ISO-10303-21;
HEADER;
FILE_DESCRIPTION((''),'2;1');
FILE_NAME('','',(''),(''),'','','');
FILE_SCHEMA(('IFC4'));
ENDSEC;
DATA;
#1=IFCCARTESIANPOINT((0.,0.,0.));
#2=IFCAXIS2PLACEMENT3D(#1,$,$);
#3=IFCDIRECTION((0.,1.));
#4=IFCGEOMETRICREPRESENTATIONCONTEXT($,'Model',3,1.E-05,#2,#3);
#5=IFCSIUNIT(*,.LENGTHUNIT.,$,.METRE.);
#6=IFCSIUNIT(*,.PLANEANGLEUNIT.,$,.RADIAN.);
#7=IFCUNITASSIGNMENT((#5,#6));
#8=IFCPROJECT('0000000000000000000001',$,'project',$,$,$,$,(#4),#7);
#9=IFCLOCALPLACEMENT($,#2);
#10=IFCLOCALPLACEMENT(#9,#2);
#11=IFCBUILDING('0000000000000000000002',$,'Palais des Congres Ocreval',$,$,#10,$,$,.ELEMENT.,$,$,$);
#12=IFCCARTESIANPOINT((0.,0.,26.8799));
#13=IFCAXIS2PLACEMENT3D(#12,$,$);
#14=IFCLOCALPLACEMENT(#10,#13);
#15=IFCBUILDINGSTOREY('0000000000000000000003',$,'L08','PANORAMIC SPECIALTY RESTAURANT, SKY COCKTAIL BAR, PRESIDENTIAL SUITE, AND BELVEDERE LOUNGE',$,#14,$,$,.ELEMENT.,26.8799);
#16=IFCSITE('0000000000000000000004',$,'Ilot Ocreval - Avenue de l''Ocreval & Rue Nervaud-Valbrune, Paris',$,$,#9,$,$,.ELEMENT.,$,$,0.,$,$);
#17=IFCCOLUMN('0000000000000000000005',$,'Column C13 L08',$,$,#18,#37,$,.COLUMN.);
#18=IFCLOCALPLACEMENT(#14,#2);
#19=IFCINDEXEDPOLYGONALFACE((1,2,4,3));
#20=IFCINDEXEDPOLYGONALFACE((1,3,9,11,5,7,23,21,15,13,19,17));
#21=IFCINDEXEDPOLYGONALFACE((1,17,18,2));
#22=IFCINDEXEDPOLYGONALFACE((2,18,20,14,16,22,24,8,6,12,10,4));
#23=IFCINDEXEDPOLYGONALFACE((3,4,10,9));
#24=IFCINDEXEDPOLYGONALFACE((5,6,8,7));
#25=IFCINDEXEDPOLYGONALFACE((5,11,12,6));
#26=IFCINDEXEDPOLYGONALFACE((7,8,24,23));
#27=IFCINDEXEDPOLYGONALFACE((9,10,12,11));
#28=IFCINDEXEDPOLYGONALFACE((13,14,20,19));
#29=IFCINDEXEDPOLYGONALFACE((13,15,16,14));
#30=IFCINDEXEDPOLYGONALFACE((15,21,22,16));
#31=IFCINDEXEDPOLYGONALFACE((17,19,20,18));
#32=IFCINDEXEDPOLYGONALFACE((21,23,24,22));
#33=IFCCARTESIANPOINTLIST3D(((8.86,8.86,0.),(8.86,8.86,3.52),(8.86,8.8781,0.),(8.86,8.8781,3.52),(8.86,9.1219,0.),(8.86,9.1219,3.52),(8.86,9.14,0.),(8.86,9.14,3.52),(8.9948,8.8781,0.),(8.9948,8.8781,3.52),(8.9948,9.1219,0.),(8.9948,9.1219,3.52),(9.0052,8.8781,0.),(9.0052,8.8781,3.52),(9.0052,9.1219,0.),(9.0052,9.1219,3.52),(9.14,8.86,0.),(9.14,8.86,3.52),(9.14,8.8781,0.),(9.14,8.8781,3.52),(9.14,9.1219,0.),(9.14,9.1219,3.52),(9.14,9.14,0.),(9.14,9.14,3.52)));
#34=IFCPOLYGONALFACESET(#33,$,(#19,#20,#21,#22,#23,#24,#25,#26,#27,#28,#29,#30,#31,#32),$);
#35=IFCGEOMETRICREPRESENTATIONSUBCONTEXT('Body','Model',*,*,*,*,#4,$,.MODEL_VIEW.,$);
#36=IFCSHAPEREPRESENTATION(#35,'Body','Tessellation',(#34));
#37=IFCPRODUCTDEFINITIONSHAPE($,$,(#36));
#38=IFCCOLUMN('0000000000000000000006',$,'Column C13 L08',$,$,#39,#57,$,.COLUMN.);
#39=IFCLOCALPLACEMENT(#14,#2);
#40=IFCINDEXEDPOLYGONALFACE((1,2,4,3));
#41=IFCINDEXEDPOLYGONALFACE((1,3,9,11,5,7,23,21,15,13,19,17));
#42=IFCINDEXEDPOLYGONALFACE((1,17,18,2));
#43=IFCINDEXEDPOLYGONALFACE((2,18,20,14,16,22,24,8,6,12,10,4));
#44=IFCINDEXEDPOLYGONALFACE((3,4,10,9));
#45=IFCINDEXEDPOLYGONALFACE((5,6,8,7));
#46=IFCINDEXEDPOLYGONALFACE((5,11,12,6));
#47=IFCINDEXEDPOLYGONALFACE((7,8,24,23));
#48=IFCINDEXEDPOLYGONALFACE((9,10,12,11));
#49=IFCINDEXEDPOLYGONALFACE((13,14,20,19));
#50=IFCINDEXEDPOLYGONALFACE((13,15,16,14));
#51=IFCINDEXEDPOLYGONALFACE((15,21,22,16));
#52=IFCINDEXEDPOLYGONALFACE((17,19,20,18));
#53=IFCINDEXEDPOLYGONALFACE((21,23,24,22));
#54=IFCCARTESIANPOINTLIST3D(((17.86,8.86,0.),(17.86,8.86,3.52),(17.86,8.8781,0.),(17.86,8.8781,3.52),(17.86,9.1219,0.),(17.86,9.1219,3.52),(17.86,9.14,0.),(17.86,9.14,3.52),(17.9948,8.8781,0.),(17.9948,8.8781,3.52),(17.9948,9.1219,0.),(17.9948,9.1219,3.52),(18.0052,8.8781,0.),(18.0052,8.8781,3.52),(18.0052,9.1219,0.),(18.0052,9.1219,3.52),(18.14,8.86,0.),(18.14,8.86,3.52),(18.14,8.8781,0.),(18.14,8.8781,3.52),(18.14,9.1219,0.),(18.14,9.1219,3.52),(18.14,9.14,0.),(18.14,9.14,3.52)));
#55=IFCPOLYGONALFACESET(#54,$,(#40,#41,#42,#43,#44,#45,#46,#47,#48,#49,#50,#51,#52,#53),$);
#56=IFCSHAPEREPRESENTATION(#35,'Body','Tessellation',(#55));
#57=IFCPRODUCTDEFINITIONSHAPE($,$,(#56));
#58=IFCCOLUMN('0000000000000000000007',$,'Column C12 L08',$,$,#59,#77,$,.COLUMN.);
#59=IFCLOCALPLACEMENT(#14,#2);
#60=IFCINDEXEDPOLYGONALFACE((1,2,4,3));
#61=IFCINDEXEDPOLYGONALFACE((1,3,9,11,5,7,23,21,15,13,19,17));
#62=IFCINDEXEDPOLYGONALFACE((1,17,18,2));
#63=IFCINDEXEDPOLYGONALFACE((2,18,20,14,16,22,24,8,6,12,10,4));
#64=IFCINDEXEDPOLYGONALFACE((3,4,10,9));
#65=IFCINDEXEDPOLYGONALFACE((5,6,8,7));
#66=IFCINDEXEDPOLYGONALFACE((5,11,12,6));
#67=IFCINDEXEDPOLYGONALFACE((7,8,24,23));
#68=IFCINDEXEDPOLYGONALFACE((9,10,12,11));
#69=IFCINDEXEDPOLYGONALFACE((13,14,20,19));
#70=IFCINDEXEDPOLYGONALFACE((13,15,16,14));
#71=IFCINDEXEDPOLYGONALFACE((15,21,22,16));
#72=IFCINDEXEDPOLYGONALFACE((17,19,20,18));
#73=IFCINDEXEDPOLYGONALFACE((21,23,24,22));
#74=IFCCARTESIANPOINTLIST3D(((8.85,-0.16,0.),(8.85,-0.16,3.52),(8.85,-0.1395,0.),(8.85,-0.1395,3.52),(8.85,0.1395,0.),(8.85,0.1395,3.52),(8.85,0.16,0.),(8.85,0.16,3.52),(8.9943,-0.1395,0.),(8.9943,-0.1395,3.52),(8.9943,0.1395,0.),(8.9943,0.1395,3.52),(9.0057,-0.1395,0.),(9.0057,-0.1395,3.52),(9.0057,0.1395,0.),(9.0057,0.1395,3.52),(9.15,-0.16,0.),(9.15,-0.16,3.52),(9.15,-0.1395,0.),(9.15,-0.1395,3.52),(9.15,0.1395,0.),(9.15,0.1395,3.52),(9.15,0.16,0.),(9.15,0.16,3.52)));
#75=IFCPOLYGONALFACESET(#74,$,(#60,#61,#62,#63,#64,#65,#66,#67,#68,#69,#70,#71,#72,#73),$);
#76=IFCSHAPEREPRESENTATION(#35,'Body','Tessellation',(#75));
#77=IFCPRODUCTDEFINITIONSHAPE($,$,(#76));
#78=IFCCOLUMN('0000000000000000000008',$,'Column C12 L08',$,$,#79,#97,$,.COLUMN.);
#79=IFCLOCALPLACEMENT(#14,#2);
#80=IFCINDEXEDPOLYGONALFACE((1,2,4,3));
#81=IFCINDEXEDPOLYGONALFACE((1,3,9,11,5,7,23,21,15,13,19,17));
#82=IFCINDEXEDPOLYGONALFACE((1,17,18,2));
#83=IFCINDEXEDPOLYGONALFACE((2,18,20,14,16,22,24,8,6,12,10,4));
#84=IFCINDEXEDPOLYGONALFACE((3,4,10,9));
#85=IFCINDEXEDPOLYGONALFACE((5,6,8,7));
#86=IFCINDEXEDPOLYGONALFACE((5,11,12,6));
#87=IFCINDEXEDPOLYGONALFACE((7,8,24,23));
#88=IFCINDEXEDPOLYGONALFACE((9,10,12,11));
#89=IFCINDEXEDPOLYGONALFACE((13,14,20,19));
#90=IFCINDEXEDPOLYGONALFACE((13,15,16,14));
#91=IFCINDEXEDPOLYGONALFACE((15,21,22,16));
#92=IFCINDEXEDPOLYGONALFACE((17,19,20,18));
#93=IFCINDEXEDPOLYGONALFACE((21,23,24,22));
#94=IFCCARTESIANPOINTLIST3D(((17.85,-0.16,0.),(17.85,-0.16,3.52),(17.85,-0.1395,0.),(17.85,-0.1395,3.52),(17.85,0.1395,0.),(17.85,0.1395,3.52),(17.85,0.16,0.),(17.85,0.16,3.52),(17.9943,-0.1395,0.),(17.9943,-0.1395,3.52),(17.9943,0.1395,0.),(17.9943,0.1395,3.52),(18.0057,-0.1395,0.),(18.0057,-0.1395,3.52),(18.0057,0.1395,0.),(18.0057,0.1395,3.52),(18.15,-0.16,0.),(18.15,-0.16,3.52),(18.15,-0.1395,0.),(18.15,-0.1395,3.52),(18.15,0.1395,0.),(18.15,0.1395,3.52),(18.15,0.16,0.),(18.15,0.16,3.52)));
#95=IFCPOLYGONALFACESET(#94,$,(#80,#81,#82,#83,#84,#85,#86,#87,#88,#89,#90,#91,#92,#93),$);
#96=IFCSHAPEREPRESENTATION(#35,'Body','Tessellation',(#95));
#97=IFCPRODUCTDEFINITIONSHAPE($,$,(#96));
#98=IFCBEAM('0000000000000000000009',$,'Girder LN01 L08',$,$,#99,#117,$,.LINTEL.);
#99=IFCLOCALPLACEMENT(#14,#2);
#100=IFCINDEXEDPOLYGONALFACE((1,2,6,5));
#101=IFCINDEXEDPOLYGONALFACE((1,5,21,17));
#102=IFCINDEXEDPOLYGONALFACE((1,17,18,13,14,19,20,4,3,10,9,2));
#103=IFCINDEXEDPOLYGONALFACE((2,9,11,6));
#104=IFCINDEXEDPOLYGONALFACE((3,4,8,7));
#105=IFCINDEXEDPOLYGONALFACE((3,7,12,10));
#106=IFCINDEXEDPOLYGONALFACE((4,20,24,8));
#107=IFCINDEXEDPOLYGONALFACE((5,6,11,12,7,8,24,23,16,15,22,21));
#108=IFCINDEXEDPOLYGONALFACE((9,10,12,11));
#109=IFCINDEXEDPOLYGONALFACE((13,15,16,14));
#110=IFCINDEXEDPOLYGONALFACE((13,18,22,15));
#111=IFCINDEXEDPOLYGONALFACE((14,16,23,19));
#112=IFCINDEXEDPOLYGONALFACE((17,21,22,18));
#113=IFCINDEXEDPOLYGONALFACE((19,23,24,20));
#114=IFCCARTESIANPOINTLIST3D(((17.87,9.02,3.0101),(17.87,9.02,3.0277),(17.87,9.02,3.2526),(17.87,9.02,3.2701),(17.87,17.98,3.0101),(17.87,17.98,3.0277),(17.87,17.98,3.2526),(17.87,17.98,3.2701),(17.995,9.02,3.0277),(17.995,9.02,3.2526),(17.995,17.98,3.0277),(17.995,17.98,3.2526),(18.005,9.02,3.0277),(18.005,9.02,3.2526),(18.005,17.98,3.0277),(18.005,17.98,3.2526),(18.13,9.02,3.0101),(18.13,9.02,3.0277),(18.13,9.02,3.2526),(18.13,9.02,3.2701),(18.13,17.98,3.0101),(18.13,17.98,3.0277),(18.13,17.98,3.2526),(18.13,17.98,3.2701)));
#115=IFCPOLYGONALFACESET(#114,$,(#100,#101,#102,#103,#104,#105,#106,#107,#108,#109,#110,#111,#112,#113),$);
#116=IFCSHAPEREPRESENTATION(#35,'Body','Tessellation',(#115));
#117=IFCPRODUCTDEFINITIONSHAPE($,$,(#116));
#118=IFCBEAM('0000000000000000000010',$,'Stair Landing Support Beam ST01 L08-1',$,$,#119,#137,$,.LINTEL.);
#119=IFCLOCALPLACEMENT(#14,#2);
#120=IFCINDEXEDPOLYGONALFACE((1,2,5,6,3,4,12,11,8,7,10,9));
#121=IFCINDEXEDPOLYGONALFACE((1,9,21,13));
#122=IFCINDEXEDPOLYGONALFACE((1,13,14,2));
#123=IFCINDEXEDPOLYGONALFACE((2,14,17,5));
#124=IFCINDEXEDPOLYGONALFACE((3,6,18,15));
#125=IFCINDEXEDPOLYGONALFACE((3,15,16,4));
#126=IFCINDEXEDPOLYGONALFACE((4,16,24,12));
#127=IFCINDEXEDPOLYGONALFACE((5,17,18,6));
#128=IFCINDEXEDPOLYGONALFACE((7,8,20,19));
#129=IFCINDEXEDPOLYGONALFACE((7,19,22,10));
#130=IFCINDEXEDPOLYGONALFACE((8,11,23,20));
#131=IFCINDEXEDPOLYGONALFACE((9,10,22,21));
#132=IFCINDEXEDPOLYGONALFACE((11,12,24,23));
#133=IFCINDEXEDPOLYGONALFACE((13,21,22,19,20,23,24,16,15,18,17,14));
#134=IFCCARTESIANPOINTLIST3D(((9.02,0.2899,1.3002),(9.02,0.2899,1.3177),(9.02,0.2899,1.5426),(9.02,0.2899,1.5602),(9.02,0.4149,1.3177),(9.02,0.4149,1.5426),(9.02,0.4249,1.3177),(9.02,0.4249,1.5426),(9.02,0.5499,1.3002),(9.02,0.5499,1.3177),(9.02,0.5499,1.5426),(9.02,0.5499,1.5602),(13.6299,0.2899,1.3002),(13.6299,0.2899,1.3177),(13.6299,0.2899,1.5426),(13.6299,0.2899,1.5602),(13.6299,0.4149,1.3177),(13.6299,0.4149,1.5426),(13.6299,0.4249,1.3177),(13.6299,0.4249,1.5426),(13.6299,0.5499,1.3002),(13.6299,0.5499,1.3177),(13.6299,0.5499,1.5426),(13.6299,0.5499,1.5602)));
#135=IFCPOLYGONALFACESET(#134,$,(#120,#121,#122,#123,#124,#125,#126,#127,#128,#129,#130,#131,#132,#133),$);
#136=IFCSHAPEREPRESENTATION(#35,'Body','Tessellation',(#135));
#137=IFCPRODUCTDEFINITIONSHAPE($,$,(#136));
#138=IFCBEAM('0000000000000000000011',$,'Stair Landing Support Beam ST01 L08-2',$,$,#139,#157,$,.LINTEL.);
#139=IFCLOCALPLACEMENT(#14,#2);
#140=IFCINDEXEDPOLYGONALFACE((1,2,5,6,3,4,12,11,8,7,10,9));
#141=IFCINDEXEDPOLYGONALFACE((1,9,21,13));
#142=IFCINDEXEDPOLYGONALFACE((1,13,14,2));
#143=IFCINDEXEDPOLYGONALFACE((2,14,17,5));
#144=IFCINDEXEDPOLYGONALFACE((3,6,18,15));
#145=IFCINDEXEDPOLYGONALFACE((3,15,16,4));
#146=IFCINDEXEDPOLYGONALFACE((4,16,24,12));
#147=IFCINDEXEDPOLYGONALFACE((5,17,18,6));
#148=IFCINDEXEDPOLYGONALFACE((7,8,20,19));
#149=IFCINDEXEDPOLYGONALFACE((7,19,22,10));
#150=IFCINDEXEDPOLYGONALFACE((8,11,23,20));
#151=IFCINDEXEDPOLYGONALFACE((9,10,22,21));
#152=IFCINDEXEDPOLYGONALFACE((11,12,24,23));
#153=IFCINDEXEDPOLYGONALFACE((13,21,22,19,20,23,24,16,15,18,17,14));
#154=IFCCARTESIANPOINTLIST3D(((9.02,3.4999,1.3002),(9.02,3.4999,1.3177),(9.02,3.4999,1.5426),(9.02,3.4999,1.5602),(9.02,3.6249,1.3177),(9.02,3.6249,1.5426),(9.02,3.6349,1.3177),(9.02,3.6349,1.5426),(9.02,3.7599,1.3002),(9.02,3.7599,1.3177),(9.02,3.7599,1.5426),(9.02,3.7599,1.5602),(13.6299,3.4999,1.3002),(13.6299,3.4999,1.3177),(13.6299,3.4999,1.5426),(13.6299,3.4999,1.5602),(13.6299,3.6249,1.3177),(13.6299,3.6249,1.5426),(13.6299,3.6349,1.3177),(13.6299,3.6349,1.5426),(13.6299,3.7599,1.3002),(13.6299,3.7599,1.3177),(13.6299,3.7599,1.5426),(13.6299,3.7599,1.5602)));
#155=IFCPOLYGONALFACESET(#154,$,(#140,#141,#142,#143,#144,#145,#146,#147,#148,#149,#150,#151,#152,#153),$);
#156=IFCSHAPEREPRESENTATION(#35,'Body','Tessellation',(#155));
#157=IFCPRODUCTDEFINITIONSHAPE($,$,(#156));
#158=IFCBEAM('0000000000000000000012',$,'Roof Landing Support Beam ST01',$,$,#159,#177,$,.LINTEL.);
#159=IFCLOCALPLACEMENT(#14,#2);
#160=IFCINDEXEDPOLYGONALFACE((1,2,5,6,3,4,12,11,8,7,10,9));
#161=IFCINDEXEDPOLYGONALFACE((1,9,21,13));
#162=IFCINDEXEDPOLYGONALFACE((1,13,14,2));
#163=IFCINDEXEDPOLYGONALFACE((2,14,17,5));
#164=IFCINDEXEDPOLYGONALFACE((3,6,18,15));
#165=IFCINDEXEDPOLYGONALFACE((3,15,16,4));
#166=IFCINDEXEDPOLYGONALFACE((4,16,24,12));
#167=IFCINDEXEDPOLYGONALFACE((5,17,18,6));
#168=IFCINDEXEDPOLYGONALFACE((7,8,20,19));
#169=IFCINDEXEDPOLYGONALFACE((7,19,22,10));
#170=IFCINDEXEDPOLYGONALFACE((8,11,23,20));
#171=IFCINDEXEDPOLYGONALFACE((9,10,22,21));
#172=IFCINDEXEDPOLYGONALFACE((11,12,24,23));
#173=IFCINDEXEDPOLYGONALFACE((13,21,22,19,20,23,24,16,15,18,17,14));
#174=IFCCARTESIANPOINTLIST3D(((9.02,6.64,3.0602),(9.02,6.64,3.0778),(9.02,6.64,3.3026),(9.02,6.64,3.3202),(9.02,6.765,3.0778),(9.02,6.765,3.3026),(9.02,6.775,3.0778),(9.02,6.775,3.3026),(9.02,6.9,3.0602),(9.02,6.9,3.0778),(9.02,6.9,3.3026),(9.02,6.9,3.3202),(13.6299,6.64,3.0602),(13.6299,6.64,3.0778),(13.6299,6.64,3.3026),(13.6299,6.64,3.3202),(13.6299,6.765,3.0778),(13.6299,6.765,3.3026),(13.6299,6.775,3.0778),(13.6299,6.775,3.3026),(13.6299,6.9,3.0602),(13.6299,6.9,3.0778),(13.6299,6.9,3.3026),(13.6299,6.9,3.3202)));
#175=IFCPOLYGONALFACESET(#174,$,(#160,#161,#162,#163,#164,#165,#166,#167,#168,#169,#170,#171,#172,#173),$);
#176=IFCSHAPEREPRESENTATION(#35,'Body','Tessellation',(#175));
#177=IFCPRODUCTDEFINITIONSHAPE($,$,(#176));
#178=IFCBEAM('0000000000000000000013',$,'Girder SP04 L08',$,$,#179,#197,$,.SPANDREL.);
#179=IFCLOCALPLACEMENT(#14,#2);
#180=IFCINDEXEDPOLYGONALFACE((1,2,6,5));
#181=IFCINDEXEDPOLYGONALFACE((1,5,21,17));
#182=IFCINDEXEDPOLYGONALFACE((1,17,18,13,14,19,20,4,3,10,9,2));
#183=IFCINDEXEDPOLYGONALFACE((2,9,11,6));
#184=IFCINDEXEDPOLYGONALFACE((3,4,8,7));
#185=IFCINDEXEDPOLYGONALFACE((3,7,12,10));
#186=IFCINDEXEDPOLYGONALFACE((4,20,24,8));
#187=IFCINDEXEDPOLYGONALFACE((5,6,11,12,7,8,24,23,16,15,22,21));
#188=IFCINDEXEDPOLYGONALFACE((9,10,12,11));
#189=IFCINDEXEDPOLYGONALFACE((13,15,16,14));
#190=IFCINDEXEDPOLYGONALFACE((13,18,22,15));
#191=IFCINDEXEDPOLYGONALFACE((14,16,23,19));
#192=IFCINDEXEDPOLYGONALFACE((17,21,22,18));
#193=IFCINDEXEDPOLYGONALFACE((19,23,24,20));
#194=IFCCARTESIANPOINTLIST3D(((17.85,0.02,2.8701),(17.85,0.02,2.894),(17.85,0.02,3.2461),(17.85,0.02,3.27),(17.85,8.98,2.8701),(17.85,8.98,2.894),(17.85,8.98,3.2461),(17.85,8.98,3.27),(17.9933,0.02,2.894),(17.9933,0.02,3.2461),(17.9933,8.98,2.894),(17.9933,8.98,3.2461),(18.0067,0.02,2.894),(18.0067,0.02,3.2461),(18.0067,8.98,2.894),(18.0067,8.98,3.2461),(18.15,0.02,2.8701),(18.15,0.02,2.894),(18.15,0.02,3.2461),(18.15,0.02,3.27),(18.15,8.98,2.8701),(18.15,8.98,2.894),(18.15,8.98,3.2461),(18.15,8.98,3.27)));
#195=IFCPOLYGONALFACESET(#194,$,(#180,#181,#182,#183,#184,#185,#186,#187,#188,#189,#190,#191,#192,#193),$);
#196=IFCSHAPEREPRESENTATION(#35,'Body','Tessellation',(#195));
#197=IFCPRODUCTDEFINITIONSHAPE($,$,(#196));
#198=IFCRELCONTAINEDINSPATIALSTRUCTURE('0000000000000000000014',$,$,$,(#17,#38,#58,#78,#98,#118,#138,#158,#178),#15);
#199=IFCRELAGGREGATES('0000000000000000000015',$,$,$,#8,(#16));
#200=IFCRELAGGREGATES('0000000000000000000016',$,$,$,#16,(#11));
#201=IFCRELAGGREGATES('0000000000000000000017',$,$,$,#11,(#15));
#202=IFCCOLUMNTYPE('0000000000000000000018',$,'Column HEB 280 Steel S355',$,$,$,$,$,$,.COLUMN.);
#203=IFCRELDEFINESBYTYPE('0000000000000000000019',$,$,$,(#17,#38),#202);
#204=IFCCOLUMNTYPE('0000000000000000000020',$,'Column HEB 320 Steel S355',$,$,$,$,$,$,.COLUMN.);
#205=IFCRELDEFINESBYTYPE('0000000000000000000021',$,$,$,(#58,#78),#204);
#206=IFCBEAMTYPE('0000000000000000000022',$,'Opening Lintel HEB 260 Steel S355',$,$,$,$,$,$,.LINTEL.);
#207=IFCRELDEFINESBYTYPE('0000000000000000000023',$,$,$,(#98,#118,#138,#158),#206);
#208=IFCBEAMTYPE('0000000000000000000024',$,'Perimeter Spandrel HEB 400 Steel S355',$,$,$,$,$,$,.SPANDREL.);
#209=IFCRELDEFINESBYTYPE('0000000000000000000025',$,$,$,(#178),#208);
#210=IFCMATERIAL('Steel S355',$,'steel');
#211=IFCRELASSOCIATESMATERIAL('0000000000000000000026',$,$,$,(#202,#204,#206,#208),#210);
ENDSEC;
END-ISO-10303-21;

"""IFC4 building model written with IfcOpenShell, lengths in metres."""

from ifc_helpers import new_model, si_unit, direction, frame, origin, origin_2d, place, context, subcontext, project, spatial, i_section, extrude, material, material_profile, profile_set, type_object, element, save


model = new_model("IFC4")

# Units and contexts
model_context = context("Model", 3, precision=1e-05, world=origin(), true_north=direction((0.0, 1.0)))
body_context = subcontext(model_context, "Body", "Model", "MODEL_VIEW")
ifc_project = project(units=[si_unit("LENGTHUNIT", "METRE"), si_unit("PLANEANGLEUNIT", "RADIAN")], contexts=[model_context])

# Site, building, storey
site_placement = place(None, origin())
site = spatial("IfcSite", under=ifc_project, at=site_placement, Name="Ilot Ocreval - Avenue de l'Ocreval & Rue Nervaud-Valbrune, Paris", CompositionType="ELEMENT", RefElevation=0.0)
building_placement = place(site_placement, origin())
building = spatial("IfcBuilding", under=site, at=building_placement, Name="Palais des Congres Ocreval", CompositionType="ELEMENT")
storey_placement = place(building_placement, frame((0.0, 0.0, 26.8799)))
storey = spatial("IfcBuildingStorey", under=building, at=storey_placement, Name="L08", Description="PANORAMIC SPECIALTY RESTAURANT, SKY COCKTAIL BAR, PRESIDENTIAL SUITE, AND BELVEDERE LOUNGE", CompositionType="ELEMENT", Elevation=26.8799)

# Columns
ifc_material_1 = material(Name="Steel S355", Category="steel")
ifc_material_profile_1 = material_profile(ifc_material_1, i_section(OverallWidth=0.28, OverallDepth=0.28, WebThickness=0.0105, FlangeThickness=0.0181, at=origin_2d()), Name="HEB 280")
ifc_profile_set_1 = profile_set([ifc_material_profile_1], Name="Steel S355")
column_type_1 = type_object("IfcColumnType", Name="Column HEB 280 Steel S355", PredefinedType="COLUMN", material=ifc_profile_set_1)
for number, where, z_axis, x_axis, name in (
    (1, (9.0, 9.0, 0.0), (0.0, 0.0, 1.0), (1.0, 0.0, 0.0), "Column C13 L08"),
    (2, (18.0, 9.0, 0.0), (0.0, 0.0, 1.0), (1.0, 0.0, 0.0), "Column C13 L08"),
):
    element("IfcColumn", number, at=place(storey_placement, frame(where, z_axis=z_axis, x_axis=x_axis)), inside=storey, type_object=column_type_1, Name=name, PredefinedType="COLUMN", context=body_context, shape_type="SweptSolid", body=[
        extrude(i_section(OverallWidth=0.28, OverallDepth=0.28, WebThickness=0.0105, FlangeThickness=0.0181, at=origin_2d()), origin(), (0.0, 0.0, 1.0), 3.52),
    ])
ifc_material_profile_2 = material_profile(ifc_material_1, i_section(OverallWidth=0.3, OverallDepth=0.3201, WebThickness=0.0115, FlangeThickness=0.0205, at=origin_2d()), Name="HEB 320")
ifc_profile_set_2 = profile_set([ifc_material_profile_2], Name="Steel S355")
column_type_2 = type_object("IfcColumnType", Name="Column HEB 320 Steel S355", PredefinedType="COLUMN", material=ifc_profile_set_2)
for number, where, z_axis, x_axis, name in (
    (3, (9.0, 0.0, 0.0), (0.0, 0.0, 1.0), (1.0, 0.0, 0.0), "Column C12 L08"),
    (4, (18.0, 0.0, 0.0), (0.0, 0.0, 1.0), (1.0, 0.0, 0.0), "Column C12 L08"),
):
    element("IfcColumn", number, at=place(storey_placement, frame(where, z_axis=z_axis, x_axis=x_axis)), inside=storey, type_object=column_type_2, Name=name, PredefinedType="COLUMN", context=body_context, shape_type="SweptSolid", body=[
        extrude(i_section(OverallWidth=0.3, OverallDepth=0.3201, WebThickness=0.0115, FlangeThickness=0.0205, at=origin_2d()), origin(), (0.0, 0.0, 1.0), 3.52),
    ])

# Beams
ifc_material_profile_3 = material_profile(ifc_material_1, i_section(OverallWidth=0.26, OverallDepth=0.26, WebThickness=0.01, FlangeThickness=0.0176, at=origin_2d()), Name="HEB 260")
ifc_profile_set_3 = profile_set([ifc_material_profile_3], Name="Steel S355")
beam_type_1 = type_object("IfcBeamType", Name="Opening Lintel HEB 260 Steel S355", PredefinedType="LINTEL", material=ifc_profile_set_3)
beam_1_placement = place(storey_placement, frame((18.0, 9.02, 3.1401), z_axis=(0.0, 1.0, 0.0), x_axis=(-1.0, 0.0, 0.0)))
element("IfcBeam", 5, at=beam_1_placement, inside=storey, type_object=beam_type_1, Name="Girder LN01 L08", PredefinedType="LINTEL", context=body_context, shape_type="SweptSolid", body=[
    extrude(i_section(OverallWidth=0.26, OverallDepth=0.26, WebThickness=0.01, FlangeThickness=0.0176, at=origin_2d()), origin(), (0.0, 0.0, 1.0), 8.96),
])
for number, where, z_axis, x_axis, name in (
    (6, (9.02, 0.4199, 1.4302), (1.0, 0.0, 0.0), (0.0, 1.0, 0.0), "Stair Landing Support Beam ST01 L08-1"),
    (7, (9.02, 3.6299, 1.4302), (1.0, 0.0, 0.0), (0.0, 1.0, 0.0), "Stair Landing Support Beam ST01 L08-2"),
    (8, (9.02, 6.77, 3.1902), (1.0, 0.0, 0.0), (0.0, 1.0, 0.0), "Roof Landing Support Beam ST01"),
):
    element("IfcBeam", number, at=place(storey_placement, frame(where, z_axis=z_axis, x_axis=x_axis)), inside=storey, type_object=beam_type_1, Name=name, PredefinedType="LINTEL", context=body_context, shape_type="SweptSolid", body=[
        extrude(i_section(OverallWidth=0.26, OverallDepth=0.26, WebThickness=0.01, FlangeThickness=0.0176, at=origin_2d()), origin(), (0.0, 0.0, 1.0), 4.6099),
    ])
ifc_material_profile_4 = material_profile(ifc_material_1, i_section(OverallWidth=0.3, OverallDepth=0.3999, WebThickness=0.0134, FlangeThickness=0.0239, at=origin_2d()), Name="HEB 400")
ifc_profile_set_4 = profile_set([ifc_material_profile_4], Name="Steel S355")
beam_type_2 = type_object("IfcBeamType", Name="Perimeter Spandrel HEB 400 Steel S355", PredefinedType="SPANDREL", material=ifc_profile_set_4)
beam_2_placement = place(storey_placement, frame((18.0, 0.02, 3.0701), z_axis=(0.0, 1.0, 0.0), x_axis=(-1.0, 0.0, 0.0)))
element("IfcBeam", 9, at=beam_2_placement, inside=storey, type_object=beam_type_2, Name="Girder SP04 L08", PredefinedType="SPANDREL", context=body_context, shape_type="SweptSolid", body=[
    extrude(i_section(OverallWidth=0.3, OverallDepth=0.3999, WebThickness=0.0134, FlangeThickness=0.0239, at=origin_2d()), origin(), (0.0, 0.0, 1.0), 8.96),
])

save(model, "model.ifc")
